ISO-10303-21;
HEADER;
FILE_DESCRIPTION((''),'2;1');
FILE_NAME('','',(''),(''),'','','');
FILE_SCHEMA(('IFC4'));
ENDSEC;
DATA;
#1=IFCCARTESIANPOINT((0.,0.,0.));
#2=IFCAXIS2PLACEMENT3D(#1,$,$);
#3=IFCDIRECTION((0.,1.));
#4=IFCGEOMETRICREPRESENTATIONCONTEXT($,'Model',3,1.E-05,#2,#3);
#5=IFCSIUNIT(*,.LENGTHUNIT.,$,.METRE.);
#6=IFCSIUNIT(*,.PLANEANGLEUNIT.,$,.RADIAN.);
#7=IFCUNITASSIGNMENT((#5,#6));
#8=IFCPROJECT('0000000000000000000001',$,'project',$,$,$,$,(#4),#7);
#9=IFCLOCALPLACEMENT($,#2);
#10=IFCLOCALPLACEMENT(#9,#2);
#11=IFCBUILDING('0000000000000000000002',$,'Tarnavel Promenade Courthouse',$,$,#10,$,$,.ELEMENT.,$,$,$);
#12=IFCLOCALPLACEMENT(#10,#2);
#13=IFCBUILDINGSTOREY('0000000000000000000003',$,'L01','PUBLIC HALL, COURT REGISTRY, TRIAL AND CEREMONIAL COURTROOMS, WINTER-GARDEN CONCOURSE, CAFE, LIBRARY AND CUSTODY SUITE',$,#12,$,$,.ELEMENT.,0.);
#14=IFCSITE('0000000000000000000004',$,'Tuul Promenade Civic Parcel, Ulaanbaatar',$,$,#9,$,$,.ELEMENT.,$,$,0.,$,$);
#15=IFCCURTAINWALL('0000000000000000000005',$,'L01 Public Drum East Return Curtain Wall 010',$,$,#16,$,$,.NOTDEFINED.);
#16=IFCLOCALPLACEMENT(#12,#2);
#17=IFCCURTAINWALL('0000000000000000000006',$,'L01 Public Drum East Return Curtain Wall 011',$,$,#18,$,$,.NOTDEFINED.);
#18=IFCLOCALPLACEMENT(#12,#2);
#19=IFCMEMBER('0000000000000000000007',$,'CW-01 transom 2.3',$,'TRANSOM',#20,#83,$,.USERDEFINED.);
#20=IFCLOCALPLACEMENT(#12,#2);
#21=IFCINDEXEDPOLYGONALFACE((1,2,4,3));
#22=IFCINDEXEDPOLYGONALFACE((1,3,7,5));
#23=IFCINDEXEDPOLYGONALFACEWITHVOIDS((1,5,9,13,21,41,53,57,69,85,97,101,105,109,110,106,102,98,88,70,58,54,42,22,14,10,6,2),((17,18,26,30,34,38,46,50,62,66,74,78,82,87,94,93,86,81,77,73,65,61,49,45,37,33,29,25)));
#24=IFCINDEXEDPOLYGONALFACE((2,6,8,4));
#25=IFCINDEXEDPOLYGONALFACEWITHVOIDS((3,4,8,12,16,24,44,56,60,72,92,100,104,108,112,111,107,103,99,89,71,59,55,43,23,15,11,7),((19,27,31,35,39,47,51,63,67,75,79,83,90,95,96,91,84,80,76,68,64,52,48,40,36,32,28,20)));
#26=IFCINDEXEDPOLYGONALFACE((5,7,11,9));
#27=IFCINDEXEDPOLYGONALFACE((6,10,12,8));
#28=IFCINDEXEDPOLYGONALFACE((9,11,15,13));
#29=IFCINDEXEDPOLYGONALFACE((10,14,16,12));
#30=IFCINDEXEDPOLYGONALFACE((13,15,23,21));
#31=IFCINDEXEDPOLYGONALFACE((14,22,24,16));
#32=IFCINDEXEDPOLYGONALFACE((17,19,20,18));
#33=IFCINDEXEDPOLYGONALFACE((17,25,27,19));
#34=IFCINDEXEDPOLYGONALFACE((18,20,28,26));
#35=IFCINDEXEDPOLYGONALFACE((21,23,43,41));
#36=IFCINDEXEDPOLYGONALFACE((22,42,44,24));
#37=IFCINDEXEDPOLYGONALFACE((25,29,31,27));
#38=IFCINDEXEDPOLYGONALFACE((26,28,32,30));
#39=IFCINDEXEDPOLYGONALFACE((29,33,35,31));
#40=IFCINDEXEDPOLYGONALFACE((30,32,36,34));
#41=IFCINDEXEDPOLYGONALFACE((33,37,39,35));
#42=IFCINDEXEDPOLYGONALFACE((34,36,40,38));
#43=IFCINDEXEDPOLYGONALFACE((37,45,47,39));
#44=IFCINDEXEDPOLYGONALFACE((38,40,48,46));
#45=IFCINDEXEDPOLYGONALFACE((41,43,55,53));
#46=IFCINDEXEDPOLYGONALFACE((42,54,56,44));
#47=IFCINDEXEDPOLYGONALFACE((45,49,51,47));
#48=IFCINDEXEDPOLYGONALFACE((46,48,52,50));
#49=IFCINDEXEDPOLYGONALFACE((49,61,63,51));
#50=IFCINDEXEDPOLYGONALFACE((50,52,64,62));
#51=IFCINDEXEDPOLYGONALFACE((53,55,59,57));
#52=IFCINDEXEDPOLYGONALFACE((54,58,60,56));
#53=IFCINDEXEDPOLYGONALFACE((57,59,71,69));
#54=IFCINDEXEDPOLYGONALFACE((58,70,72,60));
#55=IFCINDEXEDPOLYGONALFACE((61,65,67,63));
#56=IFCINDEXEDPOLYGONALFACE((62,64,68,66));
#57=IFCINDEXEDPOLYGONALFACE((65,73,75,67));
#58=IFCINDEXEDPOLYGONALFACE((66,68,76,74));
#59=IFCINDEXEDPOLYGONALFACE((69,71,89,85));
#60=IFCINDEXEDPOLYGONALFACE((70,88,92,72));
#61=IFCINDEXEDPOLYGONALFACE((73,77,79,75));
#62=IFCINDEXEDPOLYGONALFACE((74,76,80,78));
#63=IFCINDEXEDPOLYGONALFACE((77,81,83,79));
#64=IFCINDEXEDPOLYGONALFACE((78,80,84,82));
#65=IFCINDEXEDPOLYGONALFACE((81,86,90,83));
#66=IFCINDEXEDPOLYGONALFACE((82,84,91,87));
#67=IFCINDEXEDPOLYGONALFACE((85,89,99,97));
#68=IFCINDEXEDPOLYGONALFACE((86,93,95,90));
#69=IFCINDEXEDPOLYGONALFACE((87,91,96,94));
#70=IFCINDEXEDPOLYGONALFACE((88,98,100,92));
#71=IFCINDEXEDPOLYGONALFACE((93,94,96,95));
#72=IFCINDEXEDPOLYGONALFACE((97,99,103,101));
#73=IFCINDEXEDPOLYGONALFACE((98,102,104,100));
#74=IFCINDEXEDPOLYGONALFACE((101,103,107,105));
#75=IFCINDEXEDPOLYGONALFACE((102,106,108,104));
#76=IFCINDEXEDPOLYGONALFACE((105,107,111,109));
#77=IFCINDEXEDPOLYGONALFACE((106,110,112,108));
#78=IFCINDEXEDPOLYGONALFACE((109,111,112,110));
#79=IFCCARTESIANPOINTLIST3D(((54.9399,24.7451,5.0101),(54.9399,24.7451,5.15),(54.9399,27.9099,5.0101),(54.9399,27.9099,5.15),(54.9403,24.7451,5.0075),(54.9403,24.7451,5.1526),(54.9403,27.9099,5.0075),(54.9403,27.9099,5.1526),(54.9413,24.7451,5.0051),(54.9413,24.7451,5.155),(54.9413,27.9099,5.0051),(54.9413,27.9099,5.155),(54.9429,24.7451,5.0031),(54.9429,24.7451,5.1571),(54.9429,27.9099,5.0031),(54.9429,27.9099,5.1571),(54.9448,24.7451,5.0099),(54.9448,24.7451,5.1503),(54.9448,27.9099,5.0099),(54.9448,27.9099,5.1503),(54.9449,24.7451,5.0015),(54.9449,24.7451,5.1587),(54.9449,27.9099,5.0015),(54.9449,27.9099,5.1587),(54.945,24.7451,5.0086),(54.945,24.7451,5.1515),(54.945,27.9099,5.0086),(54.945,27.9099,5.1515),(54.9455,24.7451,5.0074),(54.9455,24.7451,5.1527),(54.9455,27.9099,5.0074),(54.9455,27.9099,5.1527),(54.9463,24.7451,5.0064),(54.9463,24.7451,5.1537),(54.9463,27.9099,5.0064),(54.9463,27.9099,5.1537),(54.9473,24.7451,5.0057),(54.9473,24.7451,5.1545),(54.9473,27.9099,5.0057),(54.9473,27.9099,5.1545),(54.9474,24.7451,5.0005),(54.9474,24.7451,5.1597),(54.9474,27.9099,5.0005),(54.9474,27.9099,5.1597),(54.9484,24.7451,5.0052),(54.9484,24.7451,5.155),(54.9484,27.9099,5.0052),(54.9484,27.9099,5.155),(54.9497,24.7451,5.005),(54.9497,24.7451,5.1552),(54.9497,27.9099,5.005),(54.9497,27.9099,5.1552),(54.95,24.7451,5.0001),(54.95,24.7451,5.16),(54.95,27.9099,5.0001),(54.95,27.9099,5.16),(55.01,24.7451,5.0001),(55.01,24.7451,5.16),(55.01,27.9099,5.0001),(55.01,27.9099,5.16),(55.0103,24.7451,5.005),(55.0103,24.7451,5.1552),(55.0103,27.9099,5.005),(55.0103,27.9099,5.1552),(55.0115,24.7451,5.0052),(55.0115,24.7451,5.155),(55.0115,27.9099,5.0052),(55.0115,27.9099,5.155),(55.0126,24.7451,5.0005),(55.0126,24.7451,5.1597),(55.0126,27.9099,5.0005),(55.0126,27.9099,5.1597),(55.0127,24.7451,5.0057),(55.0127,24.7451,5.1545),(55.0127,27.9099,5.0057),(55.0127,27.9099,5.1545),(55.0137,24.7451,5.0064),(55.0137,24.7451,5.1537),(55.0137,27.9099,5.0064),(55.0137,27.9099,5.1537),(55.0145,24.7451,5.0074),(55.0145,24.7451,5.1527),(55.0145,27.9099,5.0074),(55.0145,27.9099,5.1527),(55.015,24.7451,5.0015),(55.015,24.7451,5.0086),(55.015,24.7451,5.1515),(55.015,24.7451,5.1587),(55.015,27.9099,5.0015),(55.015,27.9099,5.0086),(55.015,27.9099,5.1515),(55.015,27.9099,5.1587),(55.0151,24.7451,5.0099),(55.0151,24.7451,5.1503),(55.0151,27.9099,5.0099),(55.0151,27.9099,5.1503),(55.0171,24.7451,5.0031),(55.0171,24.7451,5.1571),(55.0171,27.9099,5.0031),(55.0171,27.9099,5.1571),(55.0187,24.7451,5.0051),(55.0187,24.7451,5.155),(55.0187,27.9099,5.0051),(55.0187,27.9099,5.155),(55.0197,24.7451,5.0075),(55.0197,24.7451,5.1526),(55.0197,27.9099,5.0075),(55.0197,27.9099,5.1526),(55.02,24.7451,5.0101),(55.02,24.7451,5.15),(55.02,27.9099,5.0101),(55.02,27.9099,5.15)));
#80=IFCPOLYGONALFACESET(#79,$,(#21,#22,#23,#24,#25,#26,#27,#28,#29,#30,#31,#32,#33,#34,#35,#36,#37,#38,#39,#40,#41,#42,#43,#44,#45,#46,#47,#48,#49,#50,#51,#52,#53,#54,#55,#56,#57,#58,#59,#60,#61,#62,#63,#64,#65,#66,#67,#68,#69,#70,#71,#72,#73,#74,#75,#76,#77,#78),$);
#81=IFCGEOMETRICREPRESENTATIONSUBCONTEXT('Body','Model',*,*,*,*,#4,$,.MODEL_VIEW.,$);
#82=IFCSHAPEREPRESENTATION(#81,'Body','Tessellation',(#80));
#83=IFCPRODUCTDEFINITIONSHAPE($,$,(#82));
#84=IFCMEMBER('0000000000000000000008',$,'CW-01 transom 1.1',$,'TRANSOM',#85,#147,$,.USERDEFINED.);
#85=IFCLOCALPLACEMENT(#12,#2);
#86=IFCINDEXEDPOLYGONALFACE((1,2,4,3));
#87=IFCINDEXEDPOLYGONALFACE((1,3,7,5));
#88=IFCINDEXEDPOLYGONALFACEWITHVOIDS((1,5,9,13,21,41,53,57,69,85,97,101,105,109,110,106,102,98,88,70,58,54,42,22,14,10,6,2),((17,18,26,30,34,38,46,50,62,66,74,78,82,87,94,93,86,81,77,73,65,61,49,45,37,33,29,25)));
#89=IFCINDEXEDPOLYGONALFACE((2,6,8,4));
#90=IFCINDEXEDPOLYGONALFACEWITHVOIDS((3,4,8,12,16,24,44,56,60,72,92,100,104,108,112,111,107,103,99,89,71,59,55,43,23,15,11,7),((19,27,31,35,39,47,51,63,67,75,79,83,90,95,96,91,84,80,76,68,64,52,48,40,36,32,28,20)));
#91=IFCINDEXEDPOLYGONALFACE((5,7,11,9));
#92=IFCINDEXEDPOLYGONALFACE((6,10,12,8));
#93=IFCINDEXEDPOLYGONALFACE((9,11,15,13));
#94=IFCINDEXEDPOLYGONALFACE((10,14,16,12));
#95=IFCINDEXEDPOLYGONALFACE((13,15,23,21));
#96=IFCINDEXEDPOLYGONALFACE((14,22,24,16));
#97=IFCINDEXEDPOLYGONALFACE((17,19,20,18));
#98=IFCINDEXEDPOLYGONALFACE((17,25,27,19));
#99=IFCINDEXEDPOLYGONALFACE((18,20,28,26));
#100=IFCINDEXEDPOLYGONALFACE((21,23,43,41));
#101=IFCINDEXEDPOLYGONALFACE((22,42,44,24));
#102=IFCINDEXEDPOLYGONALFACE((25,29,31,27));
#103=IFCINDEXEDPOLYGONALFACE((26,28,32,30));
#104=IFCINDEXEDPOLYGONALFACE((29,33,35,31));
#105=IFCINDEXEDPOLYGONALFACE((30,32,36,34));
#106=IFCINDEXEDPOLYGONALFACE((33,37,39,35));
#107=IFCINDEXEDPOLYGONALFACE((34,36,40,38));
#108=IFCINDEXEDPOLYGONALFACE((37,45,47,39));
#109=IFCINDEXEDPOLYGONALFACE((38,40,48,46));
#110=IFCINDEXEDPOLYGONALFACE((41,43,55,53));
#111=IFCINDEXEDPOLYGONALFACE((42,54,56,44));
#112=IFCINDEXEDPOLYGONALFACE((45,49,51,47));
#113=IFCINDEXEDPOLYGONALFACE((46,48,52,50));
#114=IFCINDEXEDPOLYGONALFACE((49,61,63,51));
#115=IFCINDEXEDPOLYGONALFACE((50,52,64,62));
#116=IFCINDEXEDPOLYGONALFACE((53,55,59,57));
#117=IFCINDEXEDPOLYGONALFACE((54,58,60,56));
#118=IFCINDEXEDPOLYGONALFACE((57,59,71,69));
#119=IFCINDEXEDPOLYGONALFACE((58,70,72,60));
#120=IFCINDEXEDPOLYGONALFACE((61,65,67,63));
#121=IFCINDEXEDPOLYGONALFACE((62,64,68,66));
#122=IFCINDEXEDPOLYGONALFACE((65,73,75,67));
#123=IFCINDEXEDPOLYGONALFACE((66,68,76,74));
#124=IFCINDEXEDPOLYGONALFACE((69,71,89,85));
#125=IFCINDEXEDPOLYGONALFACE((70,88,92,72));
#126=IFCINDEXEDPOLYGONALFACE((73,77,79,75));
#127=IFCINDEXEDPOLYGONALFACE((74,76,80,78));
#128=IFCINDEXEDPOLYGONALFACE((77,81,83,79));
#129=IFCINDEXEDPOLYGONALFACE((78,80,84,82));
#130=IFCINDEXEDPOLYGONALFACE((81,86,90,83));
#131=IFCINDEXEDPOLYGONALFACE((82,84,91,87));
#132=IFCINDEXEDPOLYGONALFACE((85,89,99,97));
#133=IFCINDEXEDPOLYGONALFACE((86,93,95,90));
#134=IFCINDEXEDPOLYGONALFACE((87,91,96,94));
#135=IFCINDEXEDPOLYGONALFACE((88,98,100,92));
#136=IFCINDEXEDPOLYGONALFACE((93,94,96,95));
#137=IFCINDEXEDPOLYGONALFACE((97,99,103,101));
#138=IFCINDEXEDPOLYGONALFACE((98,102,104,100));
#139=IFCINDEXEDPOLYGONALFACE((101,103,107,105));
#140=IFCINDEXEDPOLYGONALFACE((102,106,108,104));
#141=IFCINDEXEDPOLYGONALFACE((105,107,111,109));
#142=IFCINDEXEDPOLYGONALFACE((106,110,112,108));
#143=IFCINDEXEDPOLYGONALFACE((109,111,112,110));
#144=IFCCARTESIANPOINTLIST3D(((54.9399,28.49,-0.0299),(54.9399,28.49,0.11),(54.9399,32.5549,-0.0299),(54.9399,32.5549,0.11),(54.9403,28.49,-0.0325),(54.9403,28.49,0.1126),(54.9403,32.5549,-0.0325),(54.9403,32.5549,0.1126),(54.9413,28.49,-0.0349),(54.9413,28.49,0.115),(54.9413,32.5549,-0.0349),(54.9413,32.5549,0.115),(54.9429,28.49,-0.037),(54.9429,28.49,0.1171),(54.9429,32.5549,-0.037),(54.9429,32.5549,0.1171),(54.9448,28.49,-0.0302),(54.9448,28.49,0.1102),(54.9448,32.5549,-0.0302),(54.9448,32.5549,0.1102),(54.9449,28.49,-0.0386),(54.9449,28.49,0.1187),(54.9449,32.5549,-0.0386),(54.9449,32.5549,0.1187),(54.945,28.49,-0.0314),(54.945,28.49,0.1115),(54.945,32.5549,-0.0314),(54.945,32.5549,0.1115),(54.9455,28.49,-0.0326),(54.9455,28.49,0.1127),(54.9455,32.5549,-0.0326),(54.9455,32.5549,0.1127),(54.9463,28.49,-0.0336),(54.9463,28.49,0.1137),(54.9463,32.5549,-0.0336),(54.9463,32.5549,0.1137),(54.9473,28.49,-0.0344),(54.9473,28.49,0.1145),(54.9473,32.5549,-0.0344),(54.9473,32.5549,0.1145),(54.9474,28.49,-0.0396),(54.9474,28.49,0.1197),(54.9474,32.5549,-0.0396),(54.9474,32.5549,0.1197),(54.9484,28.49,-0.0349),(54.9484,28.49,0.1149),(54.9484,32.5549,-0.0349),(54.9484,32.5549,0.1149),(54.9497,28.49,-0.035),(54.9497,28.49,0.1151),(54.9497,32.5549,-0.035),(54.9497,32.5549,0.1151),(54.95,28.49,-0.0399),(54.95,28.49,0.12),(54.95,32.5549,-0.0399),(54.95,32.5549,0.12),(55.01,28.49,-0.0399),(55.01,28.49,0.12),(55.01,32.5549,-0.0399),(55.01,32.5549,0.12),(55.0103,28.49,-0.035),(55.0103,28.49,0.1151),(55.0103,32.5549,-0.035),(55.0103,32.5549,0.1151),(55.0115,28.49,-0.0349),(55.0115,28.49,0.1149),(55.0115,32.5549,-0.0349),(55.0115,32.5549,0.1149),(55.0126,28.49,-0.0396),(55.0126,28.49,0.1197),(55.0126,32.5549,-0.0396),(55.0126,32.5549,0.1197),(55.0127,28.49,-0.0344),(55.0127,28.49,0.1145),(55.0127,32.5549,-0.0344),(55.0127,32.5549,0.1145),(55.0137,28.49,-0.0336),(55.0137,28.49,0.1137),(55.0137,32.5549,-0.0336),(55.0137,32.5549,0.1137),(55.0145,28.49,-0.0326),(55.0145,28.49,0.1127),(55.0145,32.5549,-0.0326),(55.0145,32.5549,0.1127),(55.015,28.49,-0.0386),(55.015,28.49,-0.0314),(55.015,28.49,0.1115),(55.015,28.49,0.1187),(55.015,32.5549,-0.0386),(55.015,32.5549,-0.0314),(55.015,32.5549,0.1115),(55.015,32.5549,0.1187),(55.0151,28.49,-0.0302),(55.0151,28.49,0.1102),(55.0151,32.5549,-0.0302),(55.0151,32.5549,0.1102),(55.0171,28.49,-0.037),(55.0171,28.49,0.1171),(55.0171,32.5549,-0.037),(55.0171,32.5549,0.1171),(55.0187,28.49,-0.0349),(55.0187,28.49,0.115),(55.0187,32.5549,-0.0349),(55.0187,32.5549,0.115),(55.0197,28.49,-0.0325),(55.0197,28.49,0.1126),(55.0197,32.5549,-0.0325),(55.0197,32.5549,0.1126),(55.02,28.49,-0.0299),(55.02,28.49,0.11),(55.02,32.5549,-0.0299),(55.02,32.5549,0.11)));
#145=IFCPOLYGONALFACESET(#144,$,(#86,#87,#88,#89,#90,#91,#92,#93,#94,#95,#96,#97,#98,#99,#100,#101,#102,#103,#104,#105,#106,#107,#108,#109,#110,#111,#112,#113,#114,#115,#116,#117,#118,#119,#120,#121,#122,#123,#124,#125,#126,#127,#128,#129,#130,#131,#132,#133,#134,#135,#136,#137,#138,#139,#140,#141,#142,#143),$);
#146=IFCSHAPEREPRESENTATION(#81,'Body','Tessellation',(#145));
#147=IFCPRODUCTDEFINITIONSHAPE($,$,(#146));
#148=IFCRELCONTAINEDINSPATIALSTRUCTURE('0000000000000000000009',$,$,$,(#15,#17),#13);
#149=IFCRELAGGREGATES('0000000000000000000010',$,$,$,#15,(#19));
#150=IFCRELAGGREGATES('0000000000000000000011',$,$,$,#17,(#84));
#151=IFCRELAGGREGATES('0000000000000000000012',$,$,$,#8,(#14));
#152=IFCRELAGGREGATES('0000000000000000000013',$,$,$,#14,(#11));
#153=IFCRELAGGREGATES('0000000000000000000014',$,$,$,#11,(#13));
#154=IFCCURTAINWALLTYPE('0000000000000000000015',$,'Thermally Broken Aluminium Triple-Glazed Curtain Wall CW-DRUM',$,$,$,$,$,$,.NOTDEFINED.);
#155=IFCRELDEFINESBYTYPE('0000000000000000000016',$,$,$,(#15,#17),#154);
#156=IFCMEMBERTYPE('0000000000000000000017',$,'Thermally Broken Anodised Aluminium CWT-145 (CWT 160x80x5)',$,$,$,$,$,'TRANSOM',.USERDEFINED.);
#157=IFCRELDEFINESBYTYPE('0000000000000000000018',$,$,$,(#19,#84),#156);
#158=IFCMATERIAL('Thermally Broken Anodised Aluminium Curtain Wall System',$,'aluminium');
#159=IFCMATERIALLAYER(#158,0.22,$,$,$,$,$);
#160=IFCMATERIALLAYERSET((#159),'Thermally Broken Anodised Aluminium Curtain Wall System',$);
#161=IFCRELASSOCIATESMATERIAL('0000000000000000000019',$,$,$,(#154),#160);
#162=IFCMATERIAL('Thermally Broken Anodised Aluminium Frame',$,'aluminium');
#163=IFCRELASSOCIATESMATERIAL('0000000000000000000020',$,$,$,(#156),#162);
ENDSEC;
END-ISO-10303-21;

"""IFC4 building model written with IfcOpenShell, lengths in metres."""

from ifc_helpers import new_model, si_unit, direction, frame, origin, origin_2d, place, context, subcontext, project, spatial, hollow_rectangle, extrude, material, layer, layer_set, material_profile, profile_set, type_object, element, aggregate, save


model = new_model("IFC4")

# Units and contexts
model_context = context("Model", 3, precision=1e-05, world=origin(), true_north=direction((0.0, 1.0)))
body_context = subcontext(model_context, "Body", "Model", "MODEL_VIEW")
ifc_project = project(units=[si_unit("LENGTHUNIT", "METRE"), si_unit("PLANEANGLEUNIT", "RADIAN")], contexts=[model_context])

# Site, building, storey
site_placement = place(None, origin())
site = spatial("IfcSite", under=ifc_project, at=site_placement, Name="Tuul Promenade Civic Parcel, Ulaanbaatar", CompositionType="ELEMENT", RefElevation=0.0)
building_placement = place(site_placement, origin())
building = spatial("IfcBuilding", under=site, at=building_placement, Name="Tarnavel Promenade Courthouse", CompositionType="ELEMENT")
storey_placement = place(building_placement, origin())
storey = spatial("IfcBuildingStorey", under=building, at=storey_placement, Name="L01", Description="PUBLIC HALL, COURT REGISTRY, TRIAL AND CEREMONIAL COURTROOMS, WINTER-GARDEN CONCOURSE, CAFE, LIBRARY AND CUSTODY SUITE", CompositionType="ELEMENT", Elevation=0.0)

# Curtain walls
ifc_material_1 = material(Name="Thermally Broken Anodised Aluminium Curtain Wall System", Category="aluminium")
ifc_layer_1 = layer(ifc_material_1, 0.22)
ifc_layer_set_1 = layer_set([ifc_layer_1], Name="Thermally Broken Anodised Aluminium Curtain Wall System")
curtain_wall_type_1 = type_object("IfcCurtainWallType", Name="Thermally Broken Aluminium Triple-Glazed Curtain Wall CW-DRUM", PredefinedType="NOTDEFINED", material=ifc_layer_set_1)
curtain_wall_1_placement = place(storey_placement, origin())
curtain_wall_1 = element("IfcCurtainWall", 1, at=curtain_wall_1_placement, inside=storey, type_object=curtain_wall_type_1, Name="L01 Public Drum East Return Curtain Wall 010", PredefinedType="NOTDEFINED")
ifc_material_2 = material(Name="Thermally Broken Anodised Aluminium Frame", Category="aluminium")
curtain_wall_2_placement = place(storey_placement, origin())
curtain_wall_2 = element("IfcCurtainWall", 2, at=curtain_wall_2_placement, inside=storey, type_object=curtain_wall_type_1, Name="L01 Public Drum East Return Curtain Wall 011", PredefinedType="NOTDEFINED")

# Members
ifc_material_profile_1 = material_profile(ifc_material_2, hollow_rectangle(XDim=0.0801, YDim=0.1599, WallThickness=0.0049, InnerFilletRadius=0.0049, OuterFilletRadius=0.01, at=origin_2d()), Name="CWT 160x80x5")
ifc_profile_set_1 = profile_set([ifc_material_profile_1], Name="Thermally Broken Anodised Aluminium Frame")
member_type_1 = type_object("IfcMemberType", Name="Thermally Broken Anodised Aluminium CWT-145 (CWT 160x80x5)", ElementType="TRANSOM", PredefinedType="USERDEFINED", material=ifc_profile_set_1)
member_1_placement = place(storey_placement, frame((54.98, 24.7451, 5.0801), z_axis=(0.0, 1.0, 0.0), x_axis=(-1.0, 0.0, 0.0)))
member_1 = element("IfcMember", 3, at=member_1_placement, type_object=member_type_1, Name="CW-01 transom 2.3", ObjectType="TRANSOM", PredefinedType="USERDEFINED", context=body_context, shape_type="SweptSolid", body=[
    extrude(hollow_rectangle(XDim=0.0801, YDim=0.1599, WallThickness=0.0049, InnerFilletRadius=0.0049, OuterFilletRadius=0.01, at=origin_2d()), origin(), (0.0, 0.0, 1.0), 3.1648),
])
member_2_placement = place(storey_placement, frame((54.98, 28.49, 0.04), z_axis=(0.0, 1.0, 0.0), x_axis=(-1.0, 0.0, 0.0)))
member_2 = element("IfcMember", 4, at=member_2_placement, type_object=member_type_1, Name="CW-01 transom 1.1", ObjectType="TRANSOM", PredefinedType="USERDEFINED", context=body_context, shape_type="SweptSolid", body=[
    extrude(hollow_rectangle(XDim=0.0801, YDim=0.1599, WallThickness=0.0049, InnerFilletRadius=0.0049, OuterFilletRadius=0.01, at=origin_2d()), origin(), (0.0, 0.0, 1.0), 4.0649),
])

aggregate(curtain_wall_1, [member_1])
aggregate(curtain_wall_2, [member_2])

save(model, "model.ifc")
